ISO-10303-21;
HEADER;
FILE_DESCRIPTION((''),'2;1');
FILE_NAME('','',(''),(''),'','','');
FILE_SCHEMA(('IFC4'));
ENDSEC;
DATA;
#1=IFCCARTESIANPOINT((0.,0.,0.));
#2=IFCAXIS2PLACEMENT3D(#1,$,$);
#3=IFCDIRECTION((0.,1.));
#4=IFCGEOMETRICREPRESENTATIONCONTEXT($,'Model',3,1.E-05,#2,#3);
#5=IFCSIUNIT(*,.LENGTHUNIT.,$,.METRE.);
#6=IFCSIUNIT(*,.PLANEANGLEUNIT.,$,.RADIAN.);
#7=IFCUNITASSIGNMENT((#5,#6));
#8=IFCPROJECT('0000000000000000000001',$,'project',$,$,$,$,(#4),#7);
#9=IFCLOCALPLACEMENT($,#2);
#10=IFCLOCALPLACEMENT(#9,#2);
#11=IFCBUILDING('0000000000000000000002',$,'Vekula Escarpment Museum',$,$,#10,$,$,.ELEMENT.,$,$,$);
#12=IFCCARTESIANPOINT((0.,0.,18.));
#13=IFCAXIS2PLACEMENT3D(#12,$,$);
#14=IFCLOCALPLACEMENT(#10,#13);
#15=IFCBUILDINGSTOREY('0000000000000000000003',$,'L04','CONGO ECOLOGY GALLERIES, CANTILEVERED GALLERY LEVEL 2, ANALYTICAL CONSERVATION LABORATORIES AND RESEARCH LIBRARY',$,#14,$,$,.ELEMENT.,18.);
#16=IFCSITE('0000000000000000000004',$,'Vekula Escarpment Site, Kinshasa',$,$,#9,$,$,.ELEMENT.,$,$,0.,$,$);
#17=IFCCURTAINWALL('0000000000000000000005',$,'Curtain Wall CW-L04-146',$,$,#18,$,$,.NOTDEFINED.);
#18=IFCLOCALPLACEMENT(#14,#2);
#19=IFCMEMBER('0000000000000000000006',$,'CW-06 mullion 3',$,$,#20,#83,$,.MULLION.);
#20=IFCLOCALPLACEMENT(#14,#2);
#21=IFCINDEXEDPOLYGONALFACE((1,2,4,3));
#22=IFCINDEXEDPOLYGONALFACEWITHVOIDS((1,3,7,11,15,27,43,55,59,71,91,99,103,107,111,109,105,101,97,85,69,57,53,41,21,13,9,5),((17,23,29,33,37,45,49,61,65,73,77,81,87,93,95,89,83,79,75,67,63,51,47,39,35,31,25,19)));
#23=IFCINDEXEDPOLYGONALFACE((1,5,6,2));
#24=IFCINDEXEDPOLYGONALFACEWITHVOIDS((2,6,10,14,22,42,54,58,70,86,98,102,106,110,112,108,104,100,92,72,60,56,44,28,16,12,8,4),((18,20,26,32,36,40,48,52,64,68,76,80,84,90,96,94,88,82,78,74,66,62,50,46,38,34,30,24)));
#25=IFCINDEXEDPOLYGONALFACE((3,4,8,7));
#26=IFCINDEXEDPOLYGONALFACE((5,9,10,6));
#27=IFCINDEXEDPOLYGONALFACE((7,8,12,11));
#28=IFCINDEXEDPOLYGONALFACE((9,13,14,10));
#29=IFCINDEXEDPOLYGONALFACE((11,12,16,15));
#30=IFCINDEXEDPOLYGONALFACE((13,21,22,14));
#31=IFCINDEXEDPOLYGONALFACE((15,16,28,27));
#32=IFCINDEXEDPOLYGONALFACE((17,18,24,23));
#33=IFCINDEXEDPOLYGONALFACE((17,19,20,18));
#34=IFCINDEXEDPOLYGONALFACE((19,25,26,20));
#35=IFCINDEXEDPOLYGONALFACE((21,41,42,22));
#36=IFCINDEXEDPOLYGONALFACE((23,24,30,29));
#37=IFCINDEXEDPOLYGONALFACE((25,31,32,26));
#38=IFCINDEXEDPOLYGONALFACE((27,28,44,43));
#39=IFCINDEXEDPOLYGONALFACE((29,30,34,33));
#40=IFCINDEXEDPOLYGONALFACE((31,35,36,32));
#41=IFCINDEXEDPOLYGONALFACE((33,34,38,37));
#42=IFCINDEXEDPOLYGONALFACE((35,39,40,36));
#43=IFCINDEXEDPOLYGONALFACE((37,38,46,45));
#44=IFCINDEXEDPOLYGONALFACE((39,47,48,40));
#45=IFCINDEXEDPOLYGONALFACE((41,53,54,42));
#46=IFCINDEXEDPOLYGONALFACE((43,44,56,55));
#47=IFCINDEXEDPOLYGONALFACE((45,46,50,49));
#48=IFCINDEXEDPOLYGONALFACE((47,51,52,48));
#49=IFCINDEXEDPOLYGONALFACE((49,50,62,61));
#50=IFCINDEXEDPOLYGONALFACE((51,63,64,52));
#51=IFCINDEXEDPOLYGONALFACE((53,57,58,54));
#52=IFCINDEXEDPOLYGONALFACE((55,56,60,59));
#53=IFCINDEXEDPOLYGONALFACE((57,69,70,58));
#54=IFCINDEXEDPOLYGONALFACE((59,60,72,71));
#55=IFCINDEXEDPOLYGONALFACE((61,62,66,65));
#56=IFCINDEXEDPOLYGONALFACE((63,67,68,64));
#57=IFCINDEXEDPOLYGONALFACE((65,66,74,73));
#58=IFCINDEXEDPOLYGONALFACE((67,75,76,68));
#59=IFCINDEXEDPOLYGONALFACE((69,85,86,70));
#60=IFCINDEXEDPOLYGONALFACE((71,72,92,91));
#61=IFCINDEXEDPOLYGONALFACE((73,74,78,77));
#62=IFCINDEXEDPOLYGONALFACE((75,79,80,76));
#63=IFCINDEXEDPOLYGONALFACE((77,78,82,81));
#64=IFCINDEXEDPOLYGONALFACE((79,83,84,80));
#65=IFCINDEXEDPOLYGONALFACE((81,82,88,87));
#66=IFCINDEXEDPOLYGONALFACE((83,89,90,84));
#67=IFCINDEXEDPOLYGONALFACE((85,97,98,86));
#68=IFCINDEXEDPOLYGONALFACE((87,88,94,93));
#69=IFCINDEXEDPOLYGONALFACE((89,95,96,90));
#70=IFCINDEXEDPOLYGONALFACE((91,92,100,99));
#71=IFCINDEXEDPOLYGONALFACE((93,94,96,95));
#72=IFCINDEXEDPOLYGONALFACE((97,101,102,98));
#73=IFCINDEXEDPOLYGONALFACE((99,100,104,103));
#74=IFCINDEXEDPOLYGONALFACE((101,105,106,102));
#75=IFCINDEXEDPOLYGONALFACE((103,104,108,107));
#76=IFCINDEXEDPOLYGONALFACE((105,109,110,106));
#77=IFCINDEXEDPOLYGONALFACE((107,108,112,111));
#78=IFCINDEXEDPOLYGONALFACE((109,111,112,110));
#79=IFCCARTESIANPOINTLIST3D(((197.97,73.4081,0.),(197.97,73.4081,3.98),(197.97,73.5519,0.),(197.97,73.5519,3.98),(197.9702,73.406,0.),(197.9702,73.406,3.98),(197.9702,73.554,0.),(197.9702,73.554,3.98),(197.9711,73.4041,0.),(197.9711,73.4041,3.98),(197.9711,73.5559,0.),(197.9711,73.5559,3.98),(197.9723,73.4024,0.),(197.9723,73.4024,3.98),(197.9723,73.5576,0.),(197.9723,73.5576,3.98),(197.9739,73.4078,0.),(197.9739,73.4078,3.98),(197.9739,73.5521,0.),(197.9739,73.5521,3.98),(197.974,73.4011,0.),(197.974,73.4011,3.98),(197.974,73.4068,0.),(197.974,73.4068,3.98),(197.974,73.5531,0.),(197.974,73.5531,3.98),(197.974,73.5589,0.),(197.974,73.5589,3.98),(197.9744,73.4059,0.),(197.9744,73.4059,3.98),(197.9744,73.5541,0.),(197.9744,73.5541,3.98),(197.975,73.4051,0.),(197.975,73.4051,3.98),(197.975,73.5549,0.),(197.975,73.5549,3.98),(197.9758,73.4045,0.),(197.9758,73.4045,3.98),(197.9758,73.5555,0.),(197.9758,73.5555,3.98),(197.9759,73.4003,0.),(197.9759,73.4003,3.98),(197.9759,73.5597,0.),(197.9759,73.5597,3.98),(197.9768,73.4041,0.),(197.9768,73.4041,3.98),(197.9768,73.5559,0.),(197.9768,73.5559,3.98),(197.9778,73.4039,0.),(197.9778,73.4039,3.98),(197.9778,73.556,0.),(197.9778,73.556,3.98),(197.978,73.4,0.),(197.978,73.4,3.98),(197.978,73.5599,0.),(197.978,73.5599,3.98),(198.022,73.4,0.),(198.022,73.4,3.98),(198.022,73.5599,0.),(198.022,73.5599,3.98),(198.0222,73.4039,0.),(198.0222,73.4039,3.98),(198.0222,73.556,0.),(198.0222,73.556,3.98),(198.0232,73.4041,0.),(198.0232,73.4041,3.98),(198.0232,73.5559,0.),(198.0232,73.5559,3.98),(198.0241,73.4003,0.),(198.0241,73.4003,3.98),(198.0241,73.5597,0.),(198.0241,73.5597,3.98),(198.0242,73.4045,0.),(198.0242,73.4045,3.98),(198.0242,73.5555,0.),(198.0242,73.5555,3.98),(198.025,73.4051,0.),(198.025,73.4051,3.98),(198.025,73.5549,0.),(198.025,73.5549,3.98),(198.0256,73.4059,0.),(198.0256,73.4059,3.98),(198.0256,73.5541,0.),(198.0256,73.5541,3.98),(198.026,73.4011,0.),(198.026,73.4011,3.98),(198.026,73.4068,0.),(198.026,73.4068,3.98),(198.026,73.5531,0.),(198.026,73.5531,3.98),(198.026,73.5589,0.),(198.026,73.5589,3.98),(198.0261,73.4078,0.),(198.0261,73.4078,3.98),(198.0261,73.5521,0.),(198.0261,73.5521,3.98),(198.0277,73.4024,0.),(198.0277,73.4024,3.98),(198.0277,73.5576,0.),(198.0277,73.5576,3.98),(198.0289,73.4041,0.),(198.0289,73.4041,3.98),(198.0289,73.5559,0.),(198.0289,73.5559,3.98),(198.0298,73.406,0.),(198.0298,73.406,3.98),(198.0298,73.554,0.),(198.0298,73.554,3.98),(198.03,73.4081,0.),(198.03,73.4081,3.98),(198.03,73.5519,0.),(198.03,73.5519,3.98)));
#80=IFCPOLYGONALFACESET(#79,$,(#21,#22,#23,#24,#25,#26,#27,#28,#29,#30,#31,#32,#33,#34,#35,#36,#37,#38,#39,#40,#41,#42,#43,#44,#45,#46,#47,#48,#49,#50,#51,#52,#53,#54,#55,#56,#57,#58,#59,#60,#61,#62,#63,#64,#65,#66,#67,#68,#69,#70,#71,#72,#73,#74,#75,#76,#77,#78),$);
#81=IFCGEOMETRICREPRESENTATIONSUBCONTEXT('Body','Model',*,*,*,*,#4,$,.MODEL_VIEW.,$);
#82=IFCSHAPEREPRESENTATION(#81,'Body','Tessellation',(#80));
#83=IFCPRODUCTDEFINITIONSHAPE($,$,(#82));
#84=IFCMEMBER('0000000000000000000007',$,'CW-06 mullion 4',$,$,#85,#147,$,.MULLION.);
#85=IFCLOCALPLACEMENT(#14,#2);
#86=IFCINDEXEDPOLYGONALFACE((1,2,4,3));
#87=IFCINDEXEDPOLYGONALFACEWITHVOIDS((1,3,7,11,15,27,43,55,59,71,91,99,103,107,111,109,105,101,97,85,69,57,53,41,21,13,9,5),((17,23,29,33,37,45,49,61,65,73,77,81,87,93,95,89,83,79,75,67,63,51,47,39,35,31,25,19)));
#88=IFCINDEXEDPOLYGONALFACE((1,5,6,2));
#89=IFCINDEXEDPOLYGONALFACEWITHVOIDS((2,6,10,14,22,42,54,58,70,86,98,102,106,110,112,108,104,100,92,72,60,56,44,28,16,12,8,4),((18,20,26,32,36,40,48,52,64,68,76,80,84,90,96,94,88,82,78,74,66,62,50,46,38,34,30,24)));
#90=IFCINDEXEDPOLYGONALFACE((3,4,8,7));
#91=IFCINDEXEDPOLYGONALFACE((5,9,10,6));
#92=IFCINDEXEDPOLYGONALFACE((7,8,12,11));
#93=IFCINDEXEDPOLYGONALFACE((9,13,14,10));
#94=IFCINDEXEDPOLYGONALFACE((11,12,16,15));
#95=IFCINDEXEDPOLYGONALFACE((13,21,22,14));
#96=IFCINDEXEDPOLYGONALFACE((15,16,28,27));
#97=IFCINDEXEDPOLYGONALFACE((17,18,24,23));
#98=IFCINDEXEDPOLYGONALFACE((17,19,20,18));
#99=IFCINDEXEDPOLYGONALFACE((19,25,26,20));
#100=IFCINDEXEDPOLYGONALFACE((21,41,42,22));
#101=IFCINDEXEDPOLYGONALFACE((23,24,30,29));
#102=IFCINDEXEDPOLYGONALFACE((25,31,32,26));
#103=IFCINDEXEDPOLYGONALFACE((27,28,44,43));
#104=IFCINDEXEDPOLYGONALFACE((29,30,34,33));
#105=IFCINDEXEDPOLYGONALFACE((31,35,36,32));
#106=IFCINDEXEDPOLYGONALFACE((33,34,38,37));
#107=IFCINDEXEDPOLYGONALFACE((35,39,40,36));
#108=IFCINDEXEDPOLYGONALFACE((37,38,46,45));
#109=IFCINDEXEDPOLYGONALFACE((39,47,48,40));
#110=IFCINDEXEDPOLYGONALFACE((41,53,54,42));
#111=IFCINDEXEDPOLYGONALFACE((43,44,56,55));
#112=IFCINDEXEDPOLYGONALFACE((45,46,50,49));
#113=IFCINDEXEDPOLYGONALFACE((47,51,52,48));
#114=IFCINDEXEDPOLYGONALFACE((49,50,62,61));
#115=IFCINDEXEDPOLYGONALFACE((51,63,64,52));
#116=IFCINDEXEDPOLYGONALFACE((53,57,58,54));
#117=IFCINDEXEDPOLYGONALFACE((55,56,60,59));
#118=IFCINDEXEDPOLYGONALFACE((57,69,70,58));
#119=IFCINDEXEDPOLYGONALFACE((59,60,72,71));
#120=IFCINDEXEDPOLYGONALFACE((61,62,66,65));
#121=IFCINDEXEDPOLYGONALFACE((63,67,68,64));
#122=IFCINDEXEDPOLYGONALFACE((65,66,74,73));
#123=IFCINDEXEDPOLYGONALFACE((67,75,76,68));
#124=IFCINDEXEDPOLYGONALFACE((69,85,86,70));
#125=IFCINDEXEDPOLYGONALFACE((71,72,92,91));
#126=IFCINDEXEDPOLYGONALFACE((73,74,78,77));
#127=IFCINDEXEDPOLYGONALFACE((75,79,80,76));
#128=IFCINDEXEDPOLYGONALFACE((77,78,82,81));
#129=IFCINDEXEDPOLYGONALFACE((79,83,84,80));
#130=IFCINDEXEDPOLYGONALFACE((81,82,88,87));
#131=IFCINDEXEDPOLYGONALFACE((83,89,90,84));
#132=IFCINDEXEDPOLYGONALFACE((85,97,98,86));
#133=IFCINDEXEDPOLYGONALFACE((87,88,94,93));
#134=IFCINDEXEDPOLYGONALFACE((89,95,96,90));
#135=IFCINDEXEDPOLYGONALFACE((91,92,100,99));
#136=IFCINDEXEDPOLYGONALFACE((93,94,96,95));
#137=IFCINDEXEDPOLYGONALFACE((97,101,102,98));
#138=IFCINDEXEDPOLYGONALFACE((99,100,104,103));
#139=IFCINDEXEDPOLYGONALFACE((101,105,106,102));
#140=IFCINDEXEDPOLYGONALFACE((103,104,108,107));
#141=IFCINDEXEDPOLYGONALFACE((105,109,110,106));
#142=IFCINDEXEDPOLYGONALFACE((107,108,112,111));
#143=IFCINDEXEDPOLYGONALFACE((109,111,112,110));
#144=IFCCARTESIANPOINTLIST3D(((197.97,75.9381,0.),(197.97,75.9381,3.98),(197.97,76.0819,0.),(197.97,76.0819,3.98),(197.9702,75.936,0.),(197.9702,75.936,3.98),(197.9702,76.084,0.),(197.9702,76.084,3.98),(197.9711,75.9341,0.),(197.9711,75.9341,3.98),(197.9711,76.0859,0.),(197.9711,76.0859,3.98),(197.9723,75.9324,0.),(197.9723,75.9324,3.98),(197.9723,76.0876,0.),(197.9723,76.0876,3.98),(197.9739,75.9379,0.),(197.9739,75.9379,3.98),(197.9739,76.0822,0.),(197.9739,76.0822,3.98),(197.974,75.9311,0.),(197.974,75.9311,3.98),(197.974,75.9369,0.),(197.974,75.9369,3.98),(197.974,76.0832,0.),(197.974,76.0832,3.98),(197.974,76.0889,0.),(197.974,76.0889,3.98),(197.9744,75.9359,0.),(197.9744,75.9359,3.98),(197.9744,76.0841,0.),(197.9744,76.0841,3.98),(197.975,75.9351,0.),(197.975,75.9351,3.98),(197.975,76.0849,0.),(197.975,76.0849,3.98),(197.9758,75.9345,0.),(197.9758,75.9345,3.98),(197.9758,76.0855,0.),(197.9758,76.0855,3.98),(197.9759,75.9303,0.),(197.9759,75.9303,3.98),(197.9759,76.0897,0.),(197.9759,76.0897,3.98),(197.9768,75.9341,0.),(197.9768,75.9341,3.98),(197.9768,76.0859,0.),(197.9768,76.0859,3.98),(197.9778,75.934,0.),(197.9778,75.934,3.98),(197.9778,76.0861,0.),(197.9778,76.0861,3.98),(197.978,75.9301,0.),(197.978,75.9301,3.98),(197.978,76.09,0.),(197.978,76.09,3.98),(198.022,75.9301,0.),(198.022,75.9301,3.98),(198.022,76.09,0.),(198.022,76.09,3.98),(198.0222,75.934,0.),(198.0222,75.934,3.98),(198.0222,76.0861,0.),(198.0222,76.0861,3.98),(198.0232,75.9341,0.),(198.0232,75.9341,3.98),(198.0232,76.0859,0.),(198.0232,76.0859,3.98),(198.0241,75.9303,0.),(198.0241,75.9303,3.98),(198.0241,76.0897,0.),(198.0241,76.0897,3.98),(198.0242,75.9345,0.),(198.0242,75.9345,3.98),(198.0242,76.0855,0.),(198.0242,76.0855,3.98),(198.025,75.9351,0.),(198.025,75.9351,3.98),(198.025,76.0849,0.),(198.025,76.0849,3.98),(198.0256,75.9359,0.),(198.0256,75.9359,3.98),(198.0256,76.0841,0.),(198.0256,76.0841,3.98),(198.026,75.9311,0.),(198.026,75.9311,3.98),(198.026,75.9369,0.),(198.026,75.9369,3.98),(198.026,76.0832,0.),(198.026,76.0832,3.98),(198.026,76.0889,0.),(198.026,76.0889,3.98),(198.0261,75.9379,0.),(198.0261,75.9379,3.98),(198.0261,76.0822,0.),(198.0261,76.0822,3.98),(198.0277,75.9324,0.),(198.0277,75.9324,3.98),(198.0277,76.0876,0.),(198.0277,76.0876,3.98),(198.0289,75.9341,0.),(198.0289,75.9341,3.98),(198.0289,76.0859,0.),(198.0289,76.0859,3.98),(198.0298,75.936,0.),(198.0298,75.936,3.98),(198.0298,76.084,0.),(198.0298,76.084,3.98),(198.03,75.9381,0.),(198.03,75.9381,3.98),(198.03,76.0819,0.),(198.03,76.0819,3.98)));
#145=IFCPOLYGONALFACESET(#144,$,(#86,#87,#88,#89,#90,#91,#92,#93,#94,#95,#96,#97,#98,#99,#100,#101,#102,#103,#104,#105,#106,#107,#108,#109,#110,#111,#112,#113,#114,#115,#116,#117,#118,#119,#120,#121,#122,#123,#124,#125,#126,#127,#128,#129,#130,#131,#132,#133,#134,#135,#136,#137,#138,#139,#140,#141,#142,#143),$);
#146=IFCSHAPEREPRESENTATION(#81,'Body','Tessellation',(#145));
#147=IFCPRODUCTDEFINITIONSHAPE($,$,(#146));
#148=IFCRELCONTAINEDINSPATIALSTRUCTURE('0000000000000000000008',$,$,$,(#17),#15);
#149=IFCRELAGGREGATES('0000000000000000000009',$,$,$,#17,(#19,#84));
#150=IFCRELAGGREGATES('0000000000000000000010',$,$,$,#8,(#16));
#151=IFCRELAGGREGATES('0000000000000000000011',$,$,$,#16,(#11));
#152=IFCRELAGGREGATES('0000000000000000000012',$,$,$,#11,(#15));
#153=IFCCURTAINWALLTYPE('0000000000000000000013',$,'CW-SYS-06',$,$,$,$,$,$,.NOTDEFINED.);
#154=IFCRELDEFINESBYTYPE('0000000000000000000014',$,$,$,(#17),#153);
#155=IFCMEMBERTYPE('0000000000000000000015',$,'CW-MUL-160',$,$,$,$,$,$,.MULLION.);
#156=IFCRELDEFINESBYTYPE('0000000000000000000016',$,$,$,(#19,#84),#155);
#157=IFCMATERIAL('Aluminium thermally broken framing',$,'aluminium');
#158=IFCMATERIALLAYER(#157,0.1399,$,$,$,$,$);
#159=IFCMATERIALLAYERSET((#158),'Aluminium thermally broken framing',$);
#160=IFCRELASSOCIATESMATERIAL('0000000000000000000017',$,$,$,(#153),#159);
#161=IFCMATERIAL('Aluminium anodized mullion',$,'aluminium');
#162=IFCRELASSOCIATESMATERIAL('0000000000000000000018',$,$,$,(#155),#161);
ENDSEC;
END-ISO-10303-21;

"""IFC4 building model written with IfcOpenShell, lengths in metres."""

from ifc_helpers import new_model, si_unit, direction, frame, origin, origin_2d, place, context, subcontext, project, spatial, hollow_rectangle, extrude, material, layer, layer_set, material_profile, profile_set, type_object, element, aggregate, save


model = new_model("IFC4")

# Units and contexts
model_context = context("Model", 3, precision=1e-05, world=origin(), true_north=direction((0.0, 1.0)))
body_context = subcontext(model_context, "Body", "Model", "MODEL_VIEW")
ifc_project = project(units=[si_unit("LENGTHUNIT", "METRE"), si_unit("PLANEANGLEUNIT", "RADIAN")], contexts=[model_context])

# Site, building, storey
site_placement = place(None, origin())
site = spatial("IfcSite", under=ifc_project, at=site_placement, Name="Vekula Escarpment Site, Kinshasa", CompositionType="ELEMENT", RefElevation=0.0)
building_placement = place(site_placement, origin())
building = spatial("IfcBuilding", under=site, at=building_placement, Name="Vekula Escarpment Museum", CompositionType="ELEMENT")
storey_placement = place(building_placement, frame((0.0, 0.0, 18.0)))
storey = spatial("IfcBuildingStorey", under=building, at=storey_placement, Name="L04", Description="CONGO ECOLOGY GALLERIES, CANTILEVERED GALLERY LEVEL 2, ANALYTICAL CONSERVATION LABORATORIES AND RESEARCH LIBRARY", CompositionType="ELEMENT", Elevation=18.0)

# Curtain wall, members
ifc_material_1 = material(Name="Aluminium thermally broken framing", Category="aluminium")
ifc_layer_1 = layer(ifc_material_1, 0.1399)
ifc_layer_set_1 = layer_set([ifc_layer_1], Name="Aluminium thermally broken framing")
curtain_wall_type = type_object("IfcCurtainWallType", Name="CW-SYS-06", PredefinedType="NOTDEFINED", material=ifc_layer_set_1)
curtain_wall_placement = place(storey_placement, origin())
curtain_wall = element("IfcCurtainWall", 1, at=curtain_wall_placement, inside=storey, type_object=curtain_wall_type, Name="Curtain Wall CW-L04-146", PredefinedType="NOTDEFINED")
ifc_material_2 = material(Name="Aluminium anodized mullion", Category="aluminium")
ifc_material_profile_1 = material_profile(ifc_material_2, hollow_rectangle(XDim=0.0601, YDim=0.1599, WallThickness=0.0039, InnerFilletRadius=0.0039, OuterFilletRadius=0.0081, at=origin_2d()), Name="ALU 160x60x4")
ifc_profile_set_1 = profile_set([ifc_material_profile_1], Name="Aluminium anodized mullion")
member_type_1 = type_object("IfcMemberType", Name="CW-MUL-160", PredefinedType="MULLION", material=ifc_profile_set_1)
member_1_placement = place(storey_placement, frame((198.0, 73.48, 0.0), z_axis=(0.0, 0.0, 1.0), x_axis=(-1.0, 0.0, 0.0)))
member_1 = element("IfcMember", 2, at=member_1_placement, type_object=member_type_1, Name="CW-06 mullion 3", PredefinedType="MULLION", context=body_context, shape_type="SweptSolid", body=[
    extrude(hollow_rectangle(XDim=0.0601, YDim=0.1599, WallThickness=0.0039, InnerFilletRadius=0.0039, OuterFilletRadius=0.0081, at=origin_2d()), origin(), (0.0, 0.0, 1.0), 3.98),
])
member_2_placement = place(storey_placement, frame((198.0, 76.01, 0.0), z_axis=(0.0, 0.0, 1.0), x_axis=(-1.0, 0.0, 0.0)))
member_2 = element("IfcMember", 3, at=member_2_placement, type_object=member_type_1, Name="CW-06 mullion 4", PredefinedType="MULLION", context=body_context, shape_type="SweptSolid", body=[
    extrude(hollow_rectangle(XDim=0.0601, YDim=0.1599, WallThickness=0.0039, InnerFilletRadius=0.0039, OuterFilletRadius=0.0081, at=origin_2d()), origin(), (0.0, 0.0, 1.0), 3.98),
])
aggregate(curtain_wall, [member_1, member_2])

save(model, "model.ifc")
